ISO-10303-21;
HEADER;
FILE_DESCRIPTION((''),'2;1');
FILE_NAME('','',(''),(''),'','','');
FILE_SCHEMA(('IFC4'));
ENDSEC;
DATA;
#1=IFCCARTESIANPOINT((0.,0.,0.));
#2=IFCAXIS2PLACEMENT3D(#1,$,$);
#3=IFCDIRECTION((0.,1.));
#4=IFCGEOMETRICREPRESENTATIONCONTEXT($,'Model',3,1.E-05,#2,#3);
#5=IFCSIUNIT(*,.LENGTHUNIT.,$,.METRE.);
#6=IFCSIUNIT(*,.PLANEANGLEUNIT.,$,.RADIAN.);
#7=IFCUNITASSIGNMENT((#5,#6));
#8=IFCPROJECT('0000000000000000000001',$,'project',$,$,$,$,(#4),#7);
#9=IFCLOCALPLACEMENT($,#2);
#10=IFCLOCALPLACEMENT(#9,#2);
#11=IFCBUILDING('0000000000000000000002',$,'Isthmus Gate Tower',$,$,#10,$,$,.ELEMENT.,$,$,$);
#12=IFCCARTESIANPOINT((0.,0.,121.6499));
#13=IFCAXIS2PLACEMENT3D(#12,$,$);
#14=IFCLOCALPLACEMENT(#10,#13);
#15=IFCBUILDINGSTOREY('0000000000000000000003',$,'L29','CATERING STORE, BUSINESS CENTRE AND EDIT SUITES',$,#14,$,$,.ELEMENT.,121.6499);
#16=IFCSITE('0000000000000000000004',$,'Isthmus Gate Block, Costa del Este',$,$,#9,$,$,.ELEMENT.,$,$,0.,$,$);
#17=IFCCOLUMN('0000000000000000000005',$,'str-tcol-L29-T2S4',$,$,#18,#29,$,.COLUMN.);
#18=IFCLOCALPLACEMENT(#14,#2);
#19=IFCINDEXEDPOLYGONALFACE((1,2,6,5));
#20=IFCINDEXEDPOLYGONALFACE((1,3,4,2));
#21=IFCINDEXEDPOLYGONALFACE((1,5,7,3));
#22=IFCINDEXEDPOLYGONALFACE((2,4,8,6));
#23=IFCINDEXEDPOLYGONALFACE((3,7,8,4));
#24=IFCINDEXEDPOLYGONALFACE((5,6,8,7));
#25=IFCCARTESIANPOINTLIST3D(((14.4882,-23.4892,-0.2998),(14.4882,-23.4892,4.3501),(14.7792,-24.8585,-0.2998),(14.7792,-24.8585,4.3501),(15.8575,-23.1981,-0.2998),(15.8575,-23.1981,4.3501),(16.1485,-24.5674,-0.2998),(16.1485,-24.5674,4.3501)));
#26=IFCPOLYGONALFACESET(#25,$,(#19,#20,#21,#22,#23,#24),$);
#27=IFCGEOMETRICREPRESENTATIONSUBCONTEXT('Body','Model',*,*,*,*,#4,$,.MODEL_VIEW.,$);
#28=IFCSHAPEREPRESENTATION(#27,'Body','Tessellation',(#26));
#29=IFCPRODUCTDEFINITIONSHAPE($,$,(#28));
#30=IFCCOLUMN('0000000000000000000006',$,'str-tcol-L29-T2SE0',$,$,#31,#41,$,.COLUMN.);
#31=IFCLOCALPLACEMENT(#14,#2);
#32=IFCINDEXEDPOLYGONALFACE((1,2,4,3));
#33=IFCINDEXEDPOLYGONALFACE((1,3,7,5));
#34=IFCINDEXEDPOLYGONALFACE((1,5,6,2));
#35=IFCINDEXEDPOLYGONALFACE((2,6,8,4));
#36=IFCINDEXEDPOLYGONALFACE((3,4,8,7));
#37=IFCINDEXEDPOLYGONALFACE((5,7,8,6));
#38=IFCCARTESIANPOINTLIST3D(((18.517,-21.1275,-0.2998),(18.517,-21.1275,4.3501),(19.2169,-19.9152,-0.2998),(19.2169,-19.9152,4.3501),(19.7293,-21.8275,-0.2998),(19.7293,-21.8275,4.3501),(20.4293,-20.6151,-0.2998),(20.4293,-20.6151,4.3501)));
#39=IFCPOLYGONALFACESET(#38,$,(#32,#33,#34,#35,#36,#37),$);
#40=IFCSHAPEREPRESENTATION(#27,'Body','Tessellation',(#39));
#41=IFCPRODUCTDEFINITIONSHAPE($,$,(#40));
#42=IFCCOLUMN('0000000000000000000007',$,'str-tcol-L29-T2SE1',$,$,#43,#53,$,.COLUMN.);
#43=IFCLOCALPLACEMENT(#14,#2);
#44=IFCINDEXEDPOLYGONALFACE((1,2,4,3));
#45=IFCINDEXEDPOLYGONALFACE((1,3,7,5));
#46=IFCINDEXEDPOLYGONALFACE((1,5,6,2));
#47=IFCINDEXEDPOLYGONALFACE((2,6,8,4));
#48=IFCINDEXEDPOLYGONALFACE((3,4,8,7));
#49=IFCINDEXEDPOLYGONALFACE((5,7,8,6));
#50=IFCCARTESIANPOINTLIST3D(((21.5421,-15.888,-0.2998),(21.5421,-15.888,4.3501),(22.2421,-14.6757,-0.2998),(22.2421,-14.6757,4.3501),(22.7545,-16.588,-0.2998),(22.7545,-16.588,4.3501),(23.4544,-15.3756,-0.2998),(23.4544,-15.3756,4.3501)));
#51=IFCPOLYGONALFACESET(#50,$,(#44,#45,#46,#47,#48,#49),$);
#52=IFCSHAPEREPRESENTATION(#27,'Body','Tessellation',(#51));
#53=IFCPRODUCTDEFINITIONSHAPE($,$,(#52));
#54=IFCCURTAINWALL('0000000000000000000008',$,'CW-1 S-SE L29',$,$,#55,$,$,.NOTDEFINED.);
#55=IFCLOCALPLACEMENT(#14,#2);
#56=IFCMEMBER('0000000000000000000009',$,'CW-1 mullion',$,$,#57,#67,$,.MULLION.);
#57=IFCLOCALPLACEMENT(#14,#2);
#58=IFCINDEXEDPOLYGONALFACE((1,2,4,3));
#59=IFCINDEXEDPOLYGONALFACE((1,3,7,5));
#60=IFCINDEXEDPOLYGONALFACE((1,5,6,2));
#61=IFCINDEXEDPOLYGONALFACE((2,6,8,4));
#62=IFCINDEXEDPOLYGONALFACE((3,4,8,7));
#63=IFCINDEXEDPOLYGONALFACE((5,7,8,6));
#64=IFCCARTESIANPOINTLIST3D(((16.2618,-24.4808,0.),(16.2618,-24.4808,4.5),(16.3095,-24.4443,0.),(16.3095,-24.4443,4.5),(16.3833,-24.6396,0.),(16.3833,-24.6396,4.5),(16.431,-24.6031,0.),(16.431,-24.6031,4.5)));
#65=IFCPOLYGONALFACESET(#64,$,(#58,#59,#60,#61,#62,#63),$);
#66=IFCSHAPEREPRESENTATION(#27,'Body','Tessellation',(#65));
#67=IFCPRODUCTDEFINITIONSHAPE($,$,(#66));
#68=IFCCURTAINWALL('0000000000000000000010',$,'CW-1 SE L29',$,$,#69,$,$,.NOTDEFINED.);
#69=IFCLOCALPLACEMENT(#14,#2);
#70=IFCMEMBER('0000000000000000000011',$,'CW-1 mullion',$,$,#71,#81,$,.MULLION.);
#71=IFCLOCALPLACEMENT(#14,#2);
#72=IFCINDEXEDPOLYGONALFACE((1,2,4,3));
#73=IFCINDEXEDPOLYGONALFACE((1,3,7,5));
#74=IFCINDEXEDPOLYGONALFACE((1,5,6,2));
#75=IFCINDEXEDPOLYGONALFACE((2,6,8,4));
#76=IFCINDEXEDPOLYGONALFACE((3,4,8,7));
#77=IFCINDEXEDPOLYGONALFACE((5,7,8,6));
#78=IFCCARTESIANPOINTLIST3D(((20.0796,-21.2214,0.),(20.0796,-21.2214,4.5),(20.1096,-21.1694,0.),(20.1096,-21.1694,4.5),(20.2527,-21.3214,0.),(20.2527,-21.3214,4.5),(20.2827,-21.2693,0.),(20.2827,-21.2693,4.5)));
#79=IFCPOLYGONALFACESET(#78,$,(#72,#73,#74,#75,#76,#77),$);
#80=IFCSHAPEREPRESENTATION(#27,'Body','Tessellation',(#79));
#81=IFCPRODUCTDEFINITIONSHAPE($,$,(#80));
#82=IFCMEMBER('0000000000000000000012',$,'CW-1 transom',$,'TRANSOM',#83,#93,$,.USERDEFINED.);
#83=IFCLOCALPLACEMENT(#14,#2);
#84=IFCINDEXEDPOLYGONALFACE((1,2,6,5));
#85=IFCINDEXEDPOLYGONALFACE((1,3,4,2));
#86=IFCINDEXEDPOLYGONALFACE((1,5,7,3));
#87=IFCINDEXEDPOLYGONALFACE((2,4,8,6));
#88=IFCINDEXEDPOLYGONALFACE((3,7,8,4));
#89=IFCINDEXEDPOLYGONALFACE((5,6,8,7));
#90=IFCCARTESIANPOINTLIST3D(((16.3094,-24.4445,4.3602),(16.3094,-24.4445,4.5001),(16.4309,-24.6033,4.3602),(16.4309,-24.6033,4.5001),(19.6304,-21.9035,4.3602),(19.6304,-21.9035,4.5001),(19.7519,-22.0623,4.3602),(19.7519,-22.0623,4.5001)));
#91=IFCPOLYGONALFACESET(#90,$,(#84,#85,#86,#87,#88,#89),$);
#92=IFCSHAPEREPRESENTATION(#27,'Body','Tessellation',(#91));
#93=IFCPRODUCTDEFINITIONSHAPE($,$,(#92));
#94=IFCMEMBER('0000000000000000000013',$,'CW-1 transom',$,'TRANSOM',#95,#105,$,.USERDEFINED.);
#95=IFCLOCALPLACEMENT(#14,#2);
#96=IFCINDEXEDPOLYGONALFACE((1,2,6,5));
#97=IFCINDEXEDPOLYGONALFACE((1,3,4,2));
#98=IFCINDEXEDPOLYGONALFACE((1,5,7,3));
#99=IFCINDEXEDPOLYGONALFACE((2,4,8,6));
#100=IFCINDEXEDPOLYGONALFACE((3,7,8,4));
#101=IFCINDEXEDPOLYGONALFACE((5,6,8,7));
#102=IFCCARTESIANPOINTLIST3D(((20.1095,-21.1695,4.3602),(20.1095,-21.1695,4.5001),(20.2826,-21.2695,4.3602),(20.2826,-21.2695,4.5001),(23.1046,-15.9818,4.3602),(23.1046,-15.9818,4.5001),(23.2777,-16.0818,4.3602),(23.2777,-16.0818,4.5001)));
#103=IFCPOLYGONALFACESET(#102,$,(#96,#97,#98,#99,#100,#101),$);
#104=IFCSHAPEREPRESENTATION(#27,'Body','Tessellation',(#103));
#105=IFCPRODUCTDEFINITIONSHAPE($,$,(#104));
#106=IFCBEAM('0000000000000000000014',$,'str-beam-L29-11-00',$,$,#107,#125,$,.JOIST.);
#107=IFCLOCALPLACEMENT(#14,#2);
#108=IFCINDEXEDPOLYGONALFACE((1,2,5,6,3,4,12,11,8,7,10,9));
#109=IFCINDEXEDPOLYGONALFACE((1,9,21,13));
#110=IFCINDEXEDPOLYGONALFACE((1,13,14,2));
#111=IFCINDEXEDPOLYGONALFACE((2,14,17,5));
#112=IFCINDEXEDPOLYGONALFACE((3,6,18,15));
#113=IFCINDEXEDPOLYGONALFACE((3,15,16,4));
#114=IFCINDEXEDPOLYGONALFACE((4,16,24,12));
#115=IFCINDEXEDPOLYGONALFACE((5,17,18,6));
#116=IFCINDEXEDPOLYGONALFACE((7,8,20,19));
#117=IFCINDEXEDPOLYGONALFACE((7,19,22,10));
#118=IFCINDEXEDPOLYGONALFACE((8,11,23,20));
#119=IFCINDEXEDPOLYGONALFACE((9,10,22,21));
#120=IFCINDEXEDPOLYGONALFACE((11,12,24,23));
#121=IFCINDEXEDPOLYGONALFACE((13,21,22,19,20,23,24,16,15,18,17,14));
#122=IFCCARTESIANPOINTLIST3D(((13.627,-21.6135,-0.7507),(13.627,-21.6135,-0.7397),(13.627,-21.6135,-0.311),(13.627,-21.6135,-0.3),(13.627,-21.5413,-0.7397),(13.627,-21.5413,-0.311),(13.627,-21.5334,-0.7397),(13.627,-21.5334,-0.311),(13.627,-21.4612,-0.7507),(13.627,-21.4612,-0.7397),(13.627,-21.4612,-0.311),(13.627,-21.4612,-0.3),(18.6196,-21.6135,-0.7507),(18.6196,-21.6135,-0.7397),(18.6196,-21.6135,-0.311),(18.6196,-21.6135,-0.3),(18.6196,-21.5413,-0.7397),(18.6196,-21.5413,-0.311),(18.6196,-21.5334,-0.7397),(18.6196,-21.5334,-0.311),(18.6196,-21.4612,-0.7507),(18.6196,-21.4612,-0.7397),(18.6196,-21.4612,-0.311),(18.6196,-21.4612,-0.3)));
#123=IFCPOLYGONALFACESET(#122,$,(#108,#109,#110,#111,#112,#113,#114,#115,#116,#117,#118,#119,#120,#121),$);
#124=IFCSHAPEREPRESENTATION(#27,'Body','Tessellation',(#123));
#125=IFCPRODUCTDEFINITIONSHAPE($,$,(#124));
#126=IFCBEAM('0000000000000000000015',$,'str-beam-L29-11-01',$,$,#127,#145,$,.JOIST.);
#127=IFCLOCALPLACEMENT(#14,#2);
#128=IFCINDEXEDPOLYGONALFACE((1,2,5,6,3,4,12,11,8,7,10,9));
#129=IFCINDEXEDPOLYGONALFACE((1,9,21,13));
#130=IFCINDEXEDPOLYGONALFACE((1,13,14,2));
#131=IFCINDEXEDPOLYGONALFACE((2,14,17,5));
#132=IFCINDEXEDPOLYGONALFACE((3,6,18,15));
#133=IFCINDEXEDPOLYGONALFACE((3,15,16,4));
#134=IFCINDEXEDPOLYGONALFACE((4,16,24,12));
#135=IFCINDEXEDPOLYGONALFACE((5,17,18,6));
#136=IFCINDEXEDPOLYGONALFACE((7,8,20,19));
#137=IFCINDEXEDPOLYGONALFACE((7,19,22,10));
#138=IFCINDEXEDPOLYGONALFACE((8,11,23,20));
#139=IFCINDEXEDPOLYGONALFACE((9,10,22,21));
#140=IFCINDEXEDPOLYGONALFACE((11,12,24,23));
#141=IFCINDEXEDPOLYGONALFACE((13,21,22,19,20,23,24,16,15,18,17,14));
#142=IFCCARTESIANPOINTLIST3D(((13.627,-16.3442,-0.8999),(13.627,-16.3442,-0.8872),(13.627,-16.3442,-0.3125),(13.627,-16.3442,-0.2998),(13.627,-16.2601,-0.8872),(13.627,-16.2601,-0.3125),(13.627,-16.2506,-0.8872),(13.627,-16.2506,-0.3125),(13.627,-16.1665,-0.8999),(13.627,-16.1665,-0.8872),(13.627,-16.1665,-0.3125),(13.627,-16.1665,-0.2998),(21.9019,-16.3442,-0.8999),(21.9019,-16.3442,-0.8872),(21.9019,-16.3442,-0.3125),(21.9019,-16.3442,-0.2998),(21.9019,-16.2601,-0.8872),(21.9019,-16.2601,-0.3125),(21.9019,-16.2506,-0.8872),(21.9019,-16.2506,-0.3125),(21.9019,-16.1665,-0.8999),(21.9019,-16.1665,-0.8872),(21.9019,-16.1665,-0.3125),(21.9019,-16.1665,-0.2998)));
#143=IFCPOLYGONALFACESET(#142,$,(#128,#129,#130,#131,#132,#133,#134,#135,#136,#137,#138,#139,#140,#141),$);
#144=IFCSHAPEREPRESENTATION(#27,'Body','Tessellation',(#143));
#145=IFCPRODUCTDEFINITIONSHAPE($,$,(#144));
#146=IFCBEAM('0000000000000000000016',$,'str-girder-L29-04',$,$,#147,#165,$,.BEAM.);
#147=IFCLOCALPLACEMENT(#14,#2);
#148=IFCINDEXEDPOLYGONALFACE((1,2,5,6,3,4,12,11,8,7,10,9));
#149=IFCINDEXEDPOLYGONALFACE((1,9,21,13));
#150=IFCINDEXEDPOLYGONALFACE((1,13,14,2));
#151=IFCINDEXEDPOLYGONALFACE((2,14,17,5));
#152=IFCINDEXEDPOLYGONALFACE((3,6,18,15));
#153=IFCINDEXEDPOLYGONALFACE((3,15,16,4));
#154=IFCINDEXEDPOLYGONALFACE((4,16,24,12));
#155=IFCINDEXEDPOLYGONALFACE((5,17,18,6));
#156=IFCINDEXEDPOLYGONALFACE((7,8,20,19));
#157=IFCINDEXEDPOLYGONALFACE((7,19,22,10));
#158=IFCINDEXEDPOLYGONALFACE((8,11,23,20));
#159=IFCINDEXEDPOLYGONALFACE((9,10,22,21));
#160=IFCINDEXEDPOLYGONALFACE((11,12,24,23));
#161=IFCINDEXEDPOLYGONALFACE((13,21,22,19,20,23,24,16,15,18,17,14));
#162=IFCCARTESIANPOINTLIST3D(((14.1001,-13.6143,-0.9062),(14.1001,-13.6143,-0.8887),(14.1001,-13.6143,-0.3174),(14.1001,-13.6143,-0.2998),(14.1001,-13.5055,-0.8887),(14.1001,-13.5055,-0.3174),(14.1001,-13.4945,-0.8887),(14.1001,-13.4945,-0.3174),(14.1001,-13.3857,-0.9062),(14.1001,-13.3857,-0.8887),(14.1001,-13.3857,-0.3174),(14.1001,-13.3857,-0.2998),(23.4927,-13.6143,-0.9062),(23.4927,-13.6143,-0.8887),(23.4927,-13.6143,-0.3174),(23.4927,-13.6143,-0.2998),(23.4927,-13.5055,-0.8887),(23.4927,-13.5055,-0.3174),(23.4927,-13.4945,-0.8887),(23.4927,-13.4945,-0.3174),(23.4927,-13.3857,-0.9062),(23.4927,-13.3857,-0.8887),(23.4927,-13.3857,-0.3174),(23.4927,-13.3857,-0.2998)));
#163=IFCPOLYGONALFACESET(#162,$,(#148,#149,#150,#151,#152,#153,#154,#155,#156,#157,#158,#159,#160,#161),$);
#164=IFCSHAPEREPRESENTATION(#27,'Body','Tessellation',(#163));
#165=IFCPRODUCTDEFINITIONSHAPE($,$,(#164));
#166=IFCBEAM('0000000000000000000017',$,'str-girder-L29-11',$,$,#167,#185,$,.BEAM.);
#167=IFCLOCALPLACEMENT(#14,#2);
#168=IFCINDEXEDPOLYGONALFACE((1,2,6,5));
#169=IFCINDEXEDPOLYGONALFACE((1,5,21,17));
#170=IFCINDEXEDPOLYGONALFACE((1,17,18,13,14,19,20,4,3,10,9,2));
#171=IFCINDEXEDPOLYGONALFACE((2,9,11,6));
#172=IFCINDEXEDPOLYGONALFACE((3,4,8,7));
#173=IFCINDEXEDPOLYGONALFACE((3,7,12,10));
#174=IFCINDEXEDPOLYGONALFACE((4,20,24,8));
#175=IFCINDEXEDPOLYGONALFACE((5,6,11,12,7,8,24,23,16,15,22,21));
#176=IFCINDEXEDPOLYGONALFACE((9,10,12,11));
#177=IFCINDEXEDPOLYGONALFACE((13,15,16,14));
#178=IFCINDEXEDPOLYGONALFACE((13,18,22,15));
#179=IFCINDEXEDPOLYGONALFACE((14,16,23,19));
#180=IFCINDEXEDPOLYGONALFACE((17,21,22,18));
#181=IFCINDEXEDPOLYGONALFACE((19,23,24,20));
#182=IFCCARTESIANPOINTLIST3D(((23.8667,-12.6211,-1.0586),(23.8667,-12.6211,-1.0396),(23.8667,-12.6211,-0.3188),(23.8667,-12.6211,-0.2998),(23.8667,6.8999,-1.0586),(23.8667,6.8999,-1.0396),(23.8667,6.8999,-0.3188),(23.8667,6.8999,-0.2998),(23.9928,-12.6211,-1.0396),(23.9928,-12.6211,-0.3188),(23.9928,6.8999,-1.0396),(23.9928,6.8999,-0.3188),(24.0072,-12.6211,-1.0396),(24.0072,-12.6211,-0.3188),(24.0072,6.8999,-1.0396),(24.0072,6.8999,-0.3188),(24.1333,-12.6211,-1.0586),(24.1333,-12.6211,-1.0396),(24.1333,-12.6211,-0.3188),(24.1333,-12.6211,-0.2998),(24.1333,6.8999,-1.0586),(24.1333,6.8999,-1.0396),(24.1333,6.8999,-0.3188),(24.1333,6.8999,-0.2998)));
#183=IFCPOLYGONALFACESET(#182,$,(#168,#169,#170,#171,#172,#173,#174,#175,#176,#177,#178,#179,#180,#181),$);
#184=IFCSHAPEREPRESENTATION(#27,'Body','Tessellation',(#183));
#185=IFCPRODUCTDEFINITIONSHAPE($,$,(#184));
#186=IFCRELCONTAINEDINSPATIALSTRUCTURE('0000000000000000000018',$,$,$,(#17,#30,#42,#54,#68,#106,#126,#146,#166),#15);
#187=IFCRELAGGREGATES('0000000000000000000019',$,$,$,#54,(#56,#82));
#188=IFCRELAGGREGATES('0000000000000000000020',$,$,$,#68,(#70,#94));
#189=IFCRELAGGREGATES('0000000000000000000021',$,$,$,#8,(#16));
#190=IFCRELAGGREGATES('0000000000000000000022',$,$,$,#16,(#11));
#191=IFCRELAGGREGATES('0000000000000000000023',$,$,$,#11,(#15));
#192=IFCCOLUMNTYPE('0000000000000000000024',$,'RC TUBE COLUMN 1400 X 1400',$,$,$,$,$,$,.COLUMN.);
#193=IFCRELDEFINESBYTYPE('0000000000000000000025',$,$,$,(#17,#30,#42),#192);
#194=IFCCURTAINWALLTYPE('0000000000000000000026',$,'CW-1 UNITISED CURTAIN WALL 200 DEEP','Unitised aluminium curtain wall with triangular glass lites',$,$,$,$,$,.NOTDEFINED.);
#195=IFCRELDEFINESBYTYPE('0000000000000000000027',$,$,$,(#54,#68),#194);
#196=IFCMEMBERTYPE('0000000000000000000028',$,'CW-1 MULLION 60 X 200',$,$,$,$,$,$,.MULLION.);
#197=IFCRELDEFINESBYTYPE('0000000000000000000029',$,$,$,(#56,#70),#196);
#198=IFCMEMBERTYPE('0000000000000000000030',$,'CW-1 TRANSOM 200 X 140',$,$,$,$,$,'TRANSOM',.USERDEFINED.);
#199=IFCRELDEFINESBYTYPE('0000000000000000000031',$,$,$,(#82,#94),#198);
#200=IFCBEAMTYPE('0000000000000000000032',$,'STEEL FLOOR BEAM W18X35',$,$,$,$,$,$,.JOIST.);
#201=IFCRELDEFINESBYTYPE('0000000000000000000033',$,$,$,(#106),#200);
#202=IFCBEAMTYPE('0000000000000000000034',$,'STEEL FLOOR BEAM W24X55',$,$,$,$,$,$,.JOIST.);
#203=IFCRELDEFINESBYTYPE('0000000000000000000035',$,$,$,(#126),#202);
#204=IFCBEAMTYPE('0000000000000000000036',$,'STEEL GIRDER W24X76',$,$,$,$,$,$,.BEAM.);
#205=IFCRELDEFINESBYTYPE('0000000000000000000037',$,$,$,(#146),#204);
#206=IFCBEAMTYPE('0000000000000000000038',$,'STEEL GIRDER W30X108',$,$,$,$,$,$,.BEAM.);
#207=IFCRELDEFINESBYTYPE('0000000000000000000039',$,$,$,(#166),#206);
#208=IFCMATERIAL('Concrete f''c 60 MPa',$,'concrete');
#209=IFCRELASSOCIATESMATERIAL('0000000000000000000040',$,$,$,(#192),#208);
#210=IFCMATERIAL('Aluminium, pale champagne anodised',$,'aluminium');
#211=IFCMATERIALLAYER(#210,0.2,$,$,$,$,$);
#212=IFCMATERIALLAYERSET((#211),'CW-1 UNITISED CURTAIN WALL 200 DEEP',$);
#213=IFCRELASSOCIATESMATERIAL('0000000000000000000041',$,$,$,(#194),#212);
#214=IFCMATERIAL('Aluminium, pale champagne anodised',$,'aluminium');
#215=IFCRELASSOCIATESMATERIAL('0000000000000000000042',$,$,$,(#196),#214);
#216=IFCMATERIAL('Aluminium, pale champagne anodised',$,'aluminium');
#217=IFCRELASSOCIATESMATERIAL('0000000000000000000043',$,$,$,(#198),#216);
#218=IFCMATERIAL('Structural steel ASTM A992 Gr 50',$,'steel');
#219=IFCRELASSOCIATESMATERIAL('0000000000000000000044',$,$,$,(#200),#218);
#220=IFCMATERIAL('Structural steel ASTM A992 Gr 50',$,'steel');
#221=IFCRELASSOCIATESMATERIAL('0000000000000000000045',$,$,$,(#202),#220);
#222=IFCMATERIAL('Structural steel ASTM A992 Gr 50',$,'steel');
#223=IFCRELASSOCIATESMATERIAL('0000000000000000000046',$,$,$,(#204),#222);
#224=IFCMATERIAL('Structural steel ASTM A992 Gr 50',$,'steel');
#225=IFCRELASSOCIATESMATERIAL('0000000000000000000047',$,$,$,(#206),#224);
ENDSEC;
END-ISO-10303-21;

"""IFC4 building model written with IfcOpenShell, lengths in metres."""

from ifc_helpers import new_model, si_unit, direction, frame, origin, origin_2d, place, context, subcontext, project, spatial, rectangle, i_section, extrude, material, layer, layer_set, material_profile, profile_set, type_object, element, aggregate, save


model = new_model("IFC4")

# Units and contexts
model_context = context("Model", 3, precision=1e-05, world=origin(), true_north=direction((0.0, 1.0)))
body_context = subcontext(model_context, "Body", "Model", "MODEL_VIEW")
ifc_project = project(units=[si_unit("LENGTHUNIT", "METRE"), si_unit("PLANEANGLEUNIT", "RADIAN")], contexts=[model_context])

# Site, building, storey
site_placement = place(None, origin())
site = spatial("IfcSite", under=ifc_project, at=site_placement, Name="Isthmus Gate Block, Costa del Este", CompositionType="ELEMENT", RefElevation=0.0)
building_placement = place(site_placement, origin())
building = spatial("IfcBuilding", under=site, at=building_placement, Name="Isthmus Gate Tower", CompositionType="ELEMENT")
storey_placement = place(building_placement, frame((0.0, 0.0, 121.6499)))
storey = spatial("IfcBuildingStorey", under=building, at=storey_placement, Name="L29", Description="CATERING STORE, BUSINESS CENTRE AND EDIT SUITES", CompositionType="ELEMENT", Elevation=121.6499)

# Columns
ifc_material_1 = material(Name="Concrete f'c 60 MPa", Category="concrete")
ifc_material_profile_1 = material_profile(ifc_material_1, rectangle(XDim=1.3999, YDim=1.3999, at=origin_2d()), Name="RC 1400X1400")
ifc_profile_set_1 = profile_set([ifc_material_profile_1], Name="Concrete f'c 60 MPa")
column_type = type_object("IfcColumnType", Name="RC TUBE COLUMN 1400 X 1400", PredefinedType="COLUMN", material=ifc_profile_set_1)
for number, where, z_axis, x_axis, name in (
    (1, (15.3184, -24.0283, -0.2998), (0.0, 0.0, 1.0), (0.978148, 0.207912, 0.0), "str-tcol-L29-T2S4"),
    (2, (19.4731, -20.8713, -0.2998), (0.0, 0.0, 1.0), (0.5, 0.866025, 0.0), "str-tcol-L29-T2SE0"),
    (3, (22.4983, -15.6318, -0.2998), (0.0, 0.0, 1.0), (0.5, 0.866025, 0.0), "str-tcol-L29-T2SE1"),
):
    element("IfcColumn", number, at=place(storey_placement, frame(where, z_axis=z_axis, x_axis=x_axis)), inside=storey, type_object=column_type, Name=name, PredefinedType="COLUMN", context=body_context, shape_type="SweptSolid", body=[
        extrude(rectangle(XDim=1.3999, YDim=1.3999, at=origin_2d()), origin(), (0.0, 0.0, 1.0), 4.6499),
    ])

# Curtain walls, members
ifc_material_2 = material(Name="Aluminium, pale champagne anodised", Category="aluminium")
ifc_layer_1 = layer(ifc_material_2, 0.2)
ifc_layer_set_1 = layer_set([ifc_layer_1], Name="CW-1 UNITISED CURTAIN WALL 200 DEEP")
curtain_wall_type = type_object("IfcCurtainWallType", Name="CW-1 UNITISED CURTAIN WALL 200 DEEP", Description="Unitised aluminium curtain wall with triangular glass lites", PredefinedType="NOTDEFINED", material=ifc_layer_set_1)
curtain_wall_1_placement = place(storey_placement, origin())
curtain_wall_1 = element("IfcCurtainWall", 4, at=curtain_wall_1_placement, inside=storey, type_object=curtain_wall_type, Name="CW-1 S-SE L29", PredefinedType="NOTDEFINED")
ifc_material_3 = material(Name="Aluminium, pale champagne anodised", Category="aluminium")
ifc_material_profile_2 = material_profile(ifc_material_3, rectangle(XDim=0.0601, YDim=0.2, at=origin_2d()), Name="60x200")
ifc_profile_set_2 = profile_set([ifc_material_profile_2], Name="Aluminium, pale champagne anodised")
member_type_1 = type_object("IfcMemberType", Name="CW-1 MULLION 60 X 200", PredefinedType="MULLION", material=ifc_profile_set_2)
member_1_placement = place(storey_placement, frame((16.3464, -24.542, 0.0), z_axis=(0.0, 0.0, 1.0), x_axis=(0.794189, 0.607671, 0.0)))
member_1 = element("IfcMember", 5, at=member_1_placement, type_object=member_type_1, Name="CW-1 mullion", PredefinedType="MULLION", context=body_context, shape_type="SweptSolid", body=[
    extrude(rectangle(XDim=0.0601, YDim=0.2, at=origin_2d()), origin(), (0.0, 0.0, 1.0), 4.5),
])
curtain_wall_2_placement = place(storey_placement, origin())
curtain_wall_2 = element("IfcCurtainWall", 6, at=curtain_wall_2_placement, inside=storey, type_object=curtain_wall_type, Name="CW-1 SE L29", PredefinedType="NOTDEFINED")
member_2_placement = place(storey_placement, frame((20.1812, -21.2454, 0.0), z_axis=(0.0, 0.0, 1.0), x_axis=(0.5, 0.866025, 0.0)))
member_2 = element("IfcMember", 7, at=member_2_placement, type_object=member_type_1, Name="CW-1 mullion", PredefinedType="MULLION", context=body_context, shape_type="SweptSolid", body=[
    extrude(rectangle(XDim=0.0601, YDim=0.2, at=origin_2d()), origin(), (0.0, 0.0, 1.0), 4.5),
])

# Members
ifc_material_4 = material(Name="Aluminium, pale champagne anodised", Category="aluminium")
ifc_material_profile_3 = material_profile(ifc_material_4, rectangle(XDim=0.2, YDim=0.1399, at=origin_2d()), Name="200x140")
ifc_profile_set_3 = profile_set([ifc_material_profile_3], Name="Aluminium, pale champagne anodised")
member_type_2 = type_object("IfcMemberType", Name="CW-1 TRANSOM 200 X 140", ElementType="TRANSOM", PredefinedType="USERDEFINED", material=ifc_profile_set_3)
member_3_placement = place(storey_placement, frame((16.3701, -24.5239, 4.4302), z_axis=(0.794197, 0.60766, 0.0), x_axis=(-0.60766, 0.794197, 0.0)))
member_3 = element("IfcMember", 8, at=member_3_placement, type_object=member_type_2, Name="CW-1 transom", ObjectType="TRANSOM", PredefinedType="USERDEFINED", context=body_context, shape_type="SweptSolid", body=[
    extrude(rectangle(XDim=0.2, YDim=0.1399, at=origin_2d()), origin(), (0.0, 0.0, 1.0), 4.1816),
])
member_4_placement = place(storey_placement, frame((20.196, -21.2195, 4.4302), z_axis=(0.499996, 0.866027, 0.0), x_axis=(-0.866027, 0.499996, 0.0)))
member_4 = element("IfcMember", 9, at=member_4_placement, type_object=member_type_2, Name="CW-1 transom", ObjectType="TRANSOM", PredefinedType="USERDEFINED", context=body_context, shape_type="SweptSolid", body=[
    extrude(rectangle(XDim=0.2, YDim=0.1399, at=origin_2d()), origin(), (0.0, 0.0, 1.0), 5.9902),
])

# Beams
ifc_material_5 = material(Name="Structural steel ASTM A992 Gr 50", Category="steel")
ifc_material_profile_4 = material_profile(ifc_material_5, i_section(OverallWidth=0.1523, OverallDepth=0.4507, WebThickness=0.0078, FlangeThickness=0.011, at=origin_2d()), Name="W18X35")
ifc_profile_set_4 = profile_set([ifc_material_profile_4], Name="Structural steel ASTM A992 Gr 50")
beam_type_1 = type_object("IfcBeamType", Name="STEEL FLOOR BEAM W18X35", PredefinedType="JOIST", material=ifc_profile_set_4)
beam_1_placement = place(storey_placement, frame((13.627, -21.5374, -0.5254), z_axis=(1.0, 0.0, 0.0), x_axis=(0.0, 1.0, 0.0)))
element("IfcBeam", 10, at=beam_1_placement, inside=storey, type_object=beam_type_1, Name="str-beam-L29-11-00", PredefinedType="JOIST", context=body_context, shape_type="SweptSolid", body=[
    extrude(i_section(OverallWidth=0.1523, OverallDepth=0.4507, WebThickness=0.0078, FlangeThickness=0.011, at=origin_2d()), origin(), (0.0, 0.0, 1.0), 4.9927),
])
ifc_material_6 = material(Name="Structural steel ASTM A992 Gr 50", Category="steel")
ifc_material_profile_5 = material_profile(ifc_material_6, i_section(OverallWidth=0.1777, OverallDepth=0.6001, WebThickness=0.0095, FlangeThickness=0.0127, at=origin_2d()), Name="W24X55")
ifc_profile_set_5 = profile_set([ifc_material_profile_5], Name="Structural steel ASTM A992 Gr 50")
beam_type_2 = type_object("IfcBeamType", Name="STEEL FLOOR BEAM W24X55", PredefinedType="JOIST", material=ifc_profile_set_5)
beam_2_placement = place(storey_placement, frame((13.627, -16.2554, -0.5999), z_axis=(1.0, 0.0, 0.0), x_axis=(0.0, 1.0, 0.0)))
element("IfcBeam", 11, at=beam_2_placement, inside=storey, type_object=beam_type_2, Name="str-beam-L29-11-01", PredefinedType="JOIST", context=body_context, shape_type="SweptSolid", body=[
    extrude(i_section(OverallWidth=0.1777, OverallDepth=0.6001, WebThickness=0.0095, FlangeThickness=0.0127, at=origin_2d()), origin(), (0.0, 0.0, 1.0), 8.2749),
])
ifc_material_7 = material(Name="Structural steel ASTM A992 Gr 50", Category="steel")
ifc_material_profile_6 = material_profile(ifc_material_7, i_section(OverallWidth=0.2285, OverallDepth=0.6064, WebThickness=0.011, FlangeThickness=0.0176, at=origin_2d()), Name="W24X76")
ifc_profile_set_6 = profile_set([ifc_material_profile_6], Name="Structural steel ASTM A992 Gr 50")
beam_type_3 = type_object("IfcBeamType", Name="STEEL GIRDER W24X76", PredefinedType="BEAM", material=ifc_profile_set_6)
beam_3_placement = place(storey_placement, frame((14.1001, -13.5, -0.603), z_axis=(1.0, 0.0, 0.0), x_axis=(0.0, 1.0, 0.0)))
element("IfcBeam", 12, at=beam_3_placement, inside=storey, type_object=beam_type_3, Name="str-girder-L29-04", PredefinedType="BEAM", context=body_context, shape_type="SweptSolid", body=[
    extrude(i_section(OverallWidth=0.2285, OverallDepth=0.6064, WebThickness=0.011, FlangeThickness=0.0176, at=origin_2d()), origin(), (0.0, 0.0, 1.0), 9.3926),
])
ifc_material_8 = material(Name="Structural steel ASTM A992 Gr 50", Category="steel")
ifc_material_profile_7 = material_profile(ifc_material_8, i_section(OverallWidth=0.2666, OverallDepth=0.7588, WebThickness=0.0144, FlangeThickness=0.019, at=origin_2d()), Name="W30X108")
ifc_profile_set_7 = profile_set([ifc_material_profile_7], Name="Structural steel ASTM A992 Gr 50")
beam_type_4 = type_object("IfcBeamType", Name="STEEL GIRDER W30X108", PredefinedType="BEAM", material=ifc_profile_set_7)
beam_4_placement = place(storey_placement, frame((24.0, -12.6211, -0.6792), z_axis=(0.0, 1.0, 0.0), x_axis=(-1.0, 0.0, 0.0)))
element("IfcBeam", 13, at=beam_4_placement, inside=storey, type_object=beam_type_4, Name="str-girder-L29-11", PredefinedType="BEAM", context=body_context, shape_type="SweptSolid", body=[
    extrude(i_section(OverallWidth=0.2666, OverallDepth=0.7588, WebThickness=0.0144, FlangeThickness=0.019, at=origin_2d()), origin(), (0.0, 0.0, 1.0), 19.521),
])

aggregate(curtain_wall_1, [member_1, member_3])
aggregate(curtain_wall_2, [member_2, member_4])

save(model, "model.ifc")
